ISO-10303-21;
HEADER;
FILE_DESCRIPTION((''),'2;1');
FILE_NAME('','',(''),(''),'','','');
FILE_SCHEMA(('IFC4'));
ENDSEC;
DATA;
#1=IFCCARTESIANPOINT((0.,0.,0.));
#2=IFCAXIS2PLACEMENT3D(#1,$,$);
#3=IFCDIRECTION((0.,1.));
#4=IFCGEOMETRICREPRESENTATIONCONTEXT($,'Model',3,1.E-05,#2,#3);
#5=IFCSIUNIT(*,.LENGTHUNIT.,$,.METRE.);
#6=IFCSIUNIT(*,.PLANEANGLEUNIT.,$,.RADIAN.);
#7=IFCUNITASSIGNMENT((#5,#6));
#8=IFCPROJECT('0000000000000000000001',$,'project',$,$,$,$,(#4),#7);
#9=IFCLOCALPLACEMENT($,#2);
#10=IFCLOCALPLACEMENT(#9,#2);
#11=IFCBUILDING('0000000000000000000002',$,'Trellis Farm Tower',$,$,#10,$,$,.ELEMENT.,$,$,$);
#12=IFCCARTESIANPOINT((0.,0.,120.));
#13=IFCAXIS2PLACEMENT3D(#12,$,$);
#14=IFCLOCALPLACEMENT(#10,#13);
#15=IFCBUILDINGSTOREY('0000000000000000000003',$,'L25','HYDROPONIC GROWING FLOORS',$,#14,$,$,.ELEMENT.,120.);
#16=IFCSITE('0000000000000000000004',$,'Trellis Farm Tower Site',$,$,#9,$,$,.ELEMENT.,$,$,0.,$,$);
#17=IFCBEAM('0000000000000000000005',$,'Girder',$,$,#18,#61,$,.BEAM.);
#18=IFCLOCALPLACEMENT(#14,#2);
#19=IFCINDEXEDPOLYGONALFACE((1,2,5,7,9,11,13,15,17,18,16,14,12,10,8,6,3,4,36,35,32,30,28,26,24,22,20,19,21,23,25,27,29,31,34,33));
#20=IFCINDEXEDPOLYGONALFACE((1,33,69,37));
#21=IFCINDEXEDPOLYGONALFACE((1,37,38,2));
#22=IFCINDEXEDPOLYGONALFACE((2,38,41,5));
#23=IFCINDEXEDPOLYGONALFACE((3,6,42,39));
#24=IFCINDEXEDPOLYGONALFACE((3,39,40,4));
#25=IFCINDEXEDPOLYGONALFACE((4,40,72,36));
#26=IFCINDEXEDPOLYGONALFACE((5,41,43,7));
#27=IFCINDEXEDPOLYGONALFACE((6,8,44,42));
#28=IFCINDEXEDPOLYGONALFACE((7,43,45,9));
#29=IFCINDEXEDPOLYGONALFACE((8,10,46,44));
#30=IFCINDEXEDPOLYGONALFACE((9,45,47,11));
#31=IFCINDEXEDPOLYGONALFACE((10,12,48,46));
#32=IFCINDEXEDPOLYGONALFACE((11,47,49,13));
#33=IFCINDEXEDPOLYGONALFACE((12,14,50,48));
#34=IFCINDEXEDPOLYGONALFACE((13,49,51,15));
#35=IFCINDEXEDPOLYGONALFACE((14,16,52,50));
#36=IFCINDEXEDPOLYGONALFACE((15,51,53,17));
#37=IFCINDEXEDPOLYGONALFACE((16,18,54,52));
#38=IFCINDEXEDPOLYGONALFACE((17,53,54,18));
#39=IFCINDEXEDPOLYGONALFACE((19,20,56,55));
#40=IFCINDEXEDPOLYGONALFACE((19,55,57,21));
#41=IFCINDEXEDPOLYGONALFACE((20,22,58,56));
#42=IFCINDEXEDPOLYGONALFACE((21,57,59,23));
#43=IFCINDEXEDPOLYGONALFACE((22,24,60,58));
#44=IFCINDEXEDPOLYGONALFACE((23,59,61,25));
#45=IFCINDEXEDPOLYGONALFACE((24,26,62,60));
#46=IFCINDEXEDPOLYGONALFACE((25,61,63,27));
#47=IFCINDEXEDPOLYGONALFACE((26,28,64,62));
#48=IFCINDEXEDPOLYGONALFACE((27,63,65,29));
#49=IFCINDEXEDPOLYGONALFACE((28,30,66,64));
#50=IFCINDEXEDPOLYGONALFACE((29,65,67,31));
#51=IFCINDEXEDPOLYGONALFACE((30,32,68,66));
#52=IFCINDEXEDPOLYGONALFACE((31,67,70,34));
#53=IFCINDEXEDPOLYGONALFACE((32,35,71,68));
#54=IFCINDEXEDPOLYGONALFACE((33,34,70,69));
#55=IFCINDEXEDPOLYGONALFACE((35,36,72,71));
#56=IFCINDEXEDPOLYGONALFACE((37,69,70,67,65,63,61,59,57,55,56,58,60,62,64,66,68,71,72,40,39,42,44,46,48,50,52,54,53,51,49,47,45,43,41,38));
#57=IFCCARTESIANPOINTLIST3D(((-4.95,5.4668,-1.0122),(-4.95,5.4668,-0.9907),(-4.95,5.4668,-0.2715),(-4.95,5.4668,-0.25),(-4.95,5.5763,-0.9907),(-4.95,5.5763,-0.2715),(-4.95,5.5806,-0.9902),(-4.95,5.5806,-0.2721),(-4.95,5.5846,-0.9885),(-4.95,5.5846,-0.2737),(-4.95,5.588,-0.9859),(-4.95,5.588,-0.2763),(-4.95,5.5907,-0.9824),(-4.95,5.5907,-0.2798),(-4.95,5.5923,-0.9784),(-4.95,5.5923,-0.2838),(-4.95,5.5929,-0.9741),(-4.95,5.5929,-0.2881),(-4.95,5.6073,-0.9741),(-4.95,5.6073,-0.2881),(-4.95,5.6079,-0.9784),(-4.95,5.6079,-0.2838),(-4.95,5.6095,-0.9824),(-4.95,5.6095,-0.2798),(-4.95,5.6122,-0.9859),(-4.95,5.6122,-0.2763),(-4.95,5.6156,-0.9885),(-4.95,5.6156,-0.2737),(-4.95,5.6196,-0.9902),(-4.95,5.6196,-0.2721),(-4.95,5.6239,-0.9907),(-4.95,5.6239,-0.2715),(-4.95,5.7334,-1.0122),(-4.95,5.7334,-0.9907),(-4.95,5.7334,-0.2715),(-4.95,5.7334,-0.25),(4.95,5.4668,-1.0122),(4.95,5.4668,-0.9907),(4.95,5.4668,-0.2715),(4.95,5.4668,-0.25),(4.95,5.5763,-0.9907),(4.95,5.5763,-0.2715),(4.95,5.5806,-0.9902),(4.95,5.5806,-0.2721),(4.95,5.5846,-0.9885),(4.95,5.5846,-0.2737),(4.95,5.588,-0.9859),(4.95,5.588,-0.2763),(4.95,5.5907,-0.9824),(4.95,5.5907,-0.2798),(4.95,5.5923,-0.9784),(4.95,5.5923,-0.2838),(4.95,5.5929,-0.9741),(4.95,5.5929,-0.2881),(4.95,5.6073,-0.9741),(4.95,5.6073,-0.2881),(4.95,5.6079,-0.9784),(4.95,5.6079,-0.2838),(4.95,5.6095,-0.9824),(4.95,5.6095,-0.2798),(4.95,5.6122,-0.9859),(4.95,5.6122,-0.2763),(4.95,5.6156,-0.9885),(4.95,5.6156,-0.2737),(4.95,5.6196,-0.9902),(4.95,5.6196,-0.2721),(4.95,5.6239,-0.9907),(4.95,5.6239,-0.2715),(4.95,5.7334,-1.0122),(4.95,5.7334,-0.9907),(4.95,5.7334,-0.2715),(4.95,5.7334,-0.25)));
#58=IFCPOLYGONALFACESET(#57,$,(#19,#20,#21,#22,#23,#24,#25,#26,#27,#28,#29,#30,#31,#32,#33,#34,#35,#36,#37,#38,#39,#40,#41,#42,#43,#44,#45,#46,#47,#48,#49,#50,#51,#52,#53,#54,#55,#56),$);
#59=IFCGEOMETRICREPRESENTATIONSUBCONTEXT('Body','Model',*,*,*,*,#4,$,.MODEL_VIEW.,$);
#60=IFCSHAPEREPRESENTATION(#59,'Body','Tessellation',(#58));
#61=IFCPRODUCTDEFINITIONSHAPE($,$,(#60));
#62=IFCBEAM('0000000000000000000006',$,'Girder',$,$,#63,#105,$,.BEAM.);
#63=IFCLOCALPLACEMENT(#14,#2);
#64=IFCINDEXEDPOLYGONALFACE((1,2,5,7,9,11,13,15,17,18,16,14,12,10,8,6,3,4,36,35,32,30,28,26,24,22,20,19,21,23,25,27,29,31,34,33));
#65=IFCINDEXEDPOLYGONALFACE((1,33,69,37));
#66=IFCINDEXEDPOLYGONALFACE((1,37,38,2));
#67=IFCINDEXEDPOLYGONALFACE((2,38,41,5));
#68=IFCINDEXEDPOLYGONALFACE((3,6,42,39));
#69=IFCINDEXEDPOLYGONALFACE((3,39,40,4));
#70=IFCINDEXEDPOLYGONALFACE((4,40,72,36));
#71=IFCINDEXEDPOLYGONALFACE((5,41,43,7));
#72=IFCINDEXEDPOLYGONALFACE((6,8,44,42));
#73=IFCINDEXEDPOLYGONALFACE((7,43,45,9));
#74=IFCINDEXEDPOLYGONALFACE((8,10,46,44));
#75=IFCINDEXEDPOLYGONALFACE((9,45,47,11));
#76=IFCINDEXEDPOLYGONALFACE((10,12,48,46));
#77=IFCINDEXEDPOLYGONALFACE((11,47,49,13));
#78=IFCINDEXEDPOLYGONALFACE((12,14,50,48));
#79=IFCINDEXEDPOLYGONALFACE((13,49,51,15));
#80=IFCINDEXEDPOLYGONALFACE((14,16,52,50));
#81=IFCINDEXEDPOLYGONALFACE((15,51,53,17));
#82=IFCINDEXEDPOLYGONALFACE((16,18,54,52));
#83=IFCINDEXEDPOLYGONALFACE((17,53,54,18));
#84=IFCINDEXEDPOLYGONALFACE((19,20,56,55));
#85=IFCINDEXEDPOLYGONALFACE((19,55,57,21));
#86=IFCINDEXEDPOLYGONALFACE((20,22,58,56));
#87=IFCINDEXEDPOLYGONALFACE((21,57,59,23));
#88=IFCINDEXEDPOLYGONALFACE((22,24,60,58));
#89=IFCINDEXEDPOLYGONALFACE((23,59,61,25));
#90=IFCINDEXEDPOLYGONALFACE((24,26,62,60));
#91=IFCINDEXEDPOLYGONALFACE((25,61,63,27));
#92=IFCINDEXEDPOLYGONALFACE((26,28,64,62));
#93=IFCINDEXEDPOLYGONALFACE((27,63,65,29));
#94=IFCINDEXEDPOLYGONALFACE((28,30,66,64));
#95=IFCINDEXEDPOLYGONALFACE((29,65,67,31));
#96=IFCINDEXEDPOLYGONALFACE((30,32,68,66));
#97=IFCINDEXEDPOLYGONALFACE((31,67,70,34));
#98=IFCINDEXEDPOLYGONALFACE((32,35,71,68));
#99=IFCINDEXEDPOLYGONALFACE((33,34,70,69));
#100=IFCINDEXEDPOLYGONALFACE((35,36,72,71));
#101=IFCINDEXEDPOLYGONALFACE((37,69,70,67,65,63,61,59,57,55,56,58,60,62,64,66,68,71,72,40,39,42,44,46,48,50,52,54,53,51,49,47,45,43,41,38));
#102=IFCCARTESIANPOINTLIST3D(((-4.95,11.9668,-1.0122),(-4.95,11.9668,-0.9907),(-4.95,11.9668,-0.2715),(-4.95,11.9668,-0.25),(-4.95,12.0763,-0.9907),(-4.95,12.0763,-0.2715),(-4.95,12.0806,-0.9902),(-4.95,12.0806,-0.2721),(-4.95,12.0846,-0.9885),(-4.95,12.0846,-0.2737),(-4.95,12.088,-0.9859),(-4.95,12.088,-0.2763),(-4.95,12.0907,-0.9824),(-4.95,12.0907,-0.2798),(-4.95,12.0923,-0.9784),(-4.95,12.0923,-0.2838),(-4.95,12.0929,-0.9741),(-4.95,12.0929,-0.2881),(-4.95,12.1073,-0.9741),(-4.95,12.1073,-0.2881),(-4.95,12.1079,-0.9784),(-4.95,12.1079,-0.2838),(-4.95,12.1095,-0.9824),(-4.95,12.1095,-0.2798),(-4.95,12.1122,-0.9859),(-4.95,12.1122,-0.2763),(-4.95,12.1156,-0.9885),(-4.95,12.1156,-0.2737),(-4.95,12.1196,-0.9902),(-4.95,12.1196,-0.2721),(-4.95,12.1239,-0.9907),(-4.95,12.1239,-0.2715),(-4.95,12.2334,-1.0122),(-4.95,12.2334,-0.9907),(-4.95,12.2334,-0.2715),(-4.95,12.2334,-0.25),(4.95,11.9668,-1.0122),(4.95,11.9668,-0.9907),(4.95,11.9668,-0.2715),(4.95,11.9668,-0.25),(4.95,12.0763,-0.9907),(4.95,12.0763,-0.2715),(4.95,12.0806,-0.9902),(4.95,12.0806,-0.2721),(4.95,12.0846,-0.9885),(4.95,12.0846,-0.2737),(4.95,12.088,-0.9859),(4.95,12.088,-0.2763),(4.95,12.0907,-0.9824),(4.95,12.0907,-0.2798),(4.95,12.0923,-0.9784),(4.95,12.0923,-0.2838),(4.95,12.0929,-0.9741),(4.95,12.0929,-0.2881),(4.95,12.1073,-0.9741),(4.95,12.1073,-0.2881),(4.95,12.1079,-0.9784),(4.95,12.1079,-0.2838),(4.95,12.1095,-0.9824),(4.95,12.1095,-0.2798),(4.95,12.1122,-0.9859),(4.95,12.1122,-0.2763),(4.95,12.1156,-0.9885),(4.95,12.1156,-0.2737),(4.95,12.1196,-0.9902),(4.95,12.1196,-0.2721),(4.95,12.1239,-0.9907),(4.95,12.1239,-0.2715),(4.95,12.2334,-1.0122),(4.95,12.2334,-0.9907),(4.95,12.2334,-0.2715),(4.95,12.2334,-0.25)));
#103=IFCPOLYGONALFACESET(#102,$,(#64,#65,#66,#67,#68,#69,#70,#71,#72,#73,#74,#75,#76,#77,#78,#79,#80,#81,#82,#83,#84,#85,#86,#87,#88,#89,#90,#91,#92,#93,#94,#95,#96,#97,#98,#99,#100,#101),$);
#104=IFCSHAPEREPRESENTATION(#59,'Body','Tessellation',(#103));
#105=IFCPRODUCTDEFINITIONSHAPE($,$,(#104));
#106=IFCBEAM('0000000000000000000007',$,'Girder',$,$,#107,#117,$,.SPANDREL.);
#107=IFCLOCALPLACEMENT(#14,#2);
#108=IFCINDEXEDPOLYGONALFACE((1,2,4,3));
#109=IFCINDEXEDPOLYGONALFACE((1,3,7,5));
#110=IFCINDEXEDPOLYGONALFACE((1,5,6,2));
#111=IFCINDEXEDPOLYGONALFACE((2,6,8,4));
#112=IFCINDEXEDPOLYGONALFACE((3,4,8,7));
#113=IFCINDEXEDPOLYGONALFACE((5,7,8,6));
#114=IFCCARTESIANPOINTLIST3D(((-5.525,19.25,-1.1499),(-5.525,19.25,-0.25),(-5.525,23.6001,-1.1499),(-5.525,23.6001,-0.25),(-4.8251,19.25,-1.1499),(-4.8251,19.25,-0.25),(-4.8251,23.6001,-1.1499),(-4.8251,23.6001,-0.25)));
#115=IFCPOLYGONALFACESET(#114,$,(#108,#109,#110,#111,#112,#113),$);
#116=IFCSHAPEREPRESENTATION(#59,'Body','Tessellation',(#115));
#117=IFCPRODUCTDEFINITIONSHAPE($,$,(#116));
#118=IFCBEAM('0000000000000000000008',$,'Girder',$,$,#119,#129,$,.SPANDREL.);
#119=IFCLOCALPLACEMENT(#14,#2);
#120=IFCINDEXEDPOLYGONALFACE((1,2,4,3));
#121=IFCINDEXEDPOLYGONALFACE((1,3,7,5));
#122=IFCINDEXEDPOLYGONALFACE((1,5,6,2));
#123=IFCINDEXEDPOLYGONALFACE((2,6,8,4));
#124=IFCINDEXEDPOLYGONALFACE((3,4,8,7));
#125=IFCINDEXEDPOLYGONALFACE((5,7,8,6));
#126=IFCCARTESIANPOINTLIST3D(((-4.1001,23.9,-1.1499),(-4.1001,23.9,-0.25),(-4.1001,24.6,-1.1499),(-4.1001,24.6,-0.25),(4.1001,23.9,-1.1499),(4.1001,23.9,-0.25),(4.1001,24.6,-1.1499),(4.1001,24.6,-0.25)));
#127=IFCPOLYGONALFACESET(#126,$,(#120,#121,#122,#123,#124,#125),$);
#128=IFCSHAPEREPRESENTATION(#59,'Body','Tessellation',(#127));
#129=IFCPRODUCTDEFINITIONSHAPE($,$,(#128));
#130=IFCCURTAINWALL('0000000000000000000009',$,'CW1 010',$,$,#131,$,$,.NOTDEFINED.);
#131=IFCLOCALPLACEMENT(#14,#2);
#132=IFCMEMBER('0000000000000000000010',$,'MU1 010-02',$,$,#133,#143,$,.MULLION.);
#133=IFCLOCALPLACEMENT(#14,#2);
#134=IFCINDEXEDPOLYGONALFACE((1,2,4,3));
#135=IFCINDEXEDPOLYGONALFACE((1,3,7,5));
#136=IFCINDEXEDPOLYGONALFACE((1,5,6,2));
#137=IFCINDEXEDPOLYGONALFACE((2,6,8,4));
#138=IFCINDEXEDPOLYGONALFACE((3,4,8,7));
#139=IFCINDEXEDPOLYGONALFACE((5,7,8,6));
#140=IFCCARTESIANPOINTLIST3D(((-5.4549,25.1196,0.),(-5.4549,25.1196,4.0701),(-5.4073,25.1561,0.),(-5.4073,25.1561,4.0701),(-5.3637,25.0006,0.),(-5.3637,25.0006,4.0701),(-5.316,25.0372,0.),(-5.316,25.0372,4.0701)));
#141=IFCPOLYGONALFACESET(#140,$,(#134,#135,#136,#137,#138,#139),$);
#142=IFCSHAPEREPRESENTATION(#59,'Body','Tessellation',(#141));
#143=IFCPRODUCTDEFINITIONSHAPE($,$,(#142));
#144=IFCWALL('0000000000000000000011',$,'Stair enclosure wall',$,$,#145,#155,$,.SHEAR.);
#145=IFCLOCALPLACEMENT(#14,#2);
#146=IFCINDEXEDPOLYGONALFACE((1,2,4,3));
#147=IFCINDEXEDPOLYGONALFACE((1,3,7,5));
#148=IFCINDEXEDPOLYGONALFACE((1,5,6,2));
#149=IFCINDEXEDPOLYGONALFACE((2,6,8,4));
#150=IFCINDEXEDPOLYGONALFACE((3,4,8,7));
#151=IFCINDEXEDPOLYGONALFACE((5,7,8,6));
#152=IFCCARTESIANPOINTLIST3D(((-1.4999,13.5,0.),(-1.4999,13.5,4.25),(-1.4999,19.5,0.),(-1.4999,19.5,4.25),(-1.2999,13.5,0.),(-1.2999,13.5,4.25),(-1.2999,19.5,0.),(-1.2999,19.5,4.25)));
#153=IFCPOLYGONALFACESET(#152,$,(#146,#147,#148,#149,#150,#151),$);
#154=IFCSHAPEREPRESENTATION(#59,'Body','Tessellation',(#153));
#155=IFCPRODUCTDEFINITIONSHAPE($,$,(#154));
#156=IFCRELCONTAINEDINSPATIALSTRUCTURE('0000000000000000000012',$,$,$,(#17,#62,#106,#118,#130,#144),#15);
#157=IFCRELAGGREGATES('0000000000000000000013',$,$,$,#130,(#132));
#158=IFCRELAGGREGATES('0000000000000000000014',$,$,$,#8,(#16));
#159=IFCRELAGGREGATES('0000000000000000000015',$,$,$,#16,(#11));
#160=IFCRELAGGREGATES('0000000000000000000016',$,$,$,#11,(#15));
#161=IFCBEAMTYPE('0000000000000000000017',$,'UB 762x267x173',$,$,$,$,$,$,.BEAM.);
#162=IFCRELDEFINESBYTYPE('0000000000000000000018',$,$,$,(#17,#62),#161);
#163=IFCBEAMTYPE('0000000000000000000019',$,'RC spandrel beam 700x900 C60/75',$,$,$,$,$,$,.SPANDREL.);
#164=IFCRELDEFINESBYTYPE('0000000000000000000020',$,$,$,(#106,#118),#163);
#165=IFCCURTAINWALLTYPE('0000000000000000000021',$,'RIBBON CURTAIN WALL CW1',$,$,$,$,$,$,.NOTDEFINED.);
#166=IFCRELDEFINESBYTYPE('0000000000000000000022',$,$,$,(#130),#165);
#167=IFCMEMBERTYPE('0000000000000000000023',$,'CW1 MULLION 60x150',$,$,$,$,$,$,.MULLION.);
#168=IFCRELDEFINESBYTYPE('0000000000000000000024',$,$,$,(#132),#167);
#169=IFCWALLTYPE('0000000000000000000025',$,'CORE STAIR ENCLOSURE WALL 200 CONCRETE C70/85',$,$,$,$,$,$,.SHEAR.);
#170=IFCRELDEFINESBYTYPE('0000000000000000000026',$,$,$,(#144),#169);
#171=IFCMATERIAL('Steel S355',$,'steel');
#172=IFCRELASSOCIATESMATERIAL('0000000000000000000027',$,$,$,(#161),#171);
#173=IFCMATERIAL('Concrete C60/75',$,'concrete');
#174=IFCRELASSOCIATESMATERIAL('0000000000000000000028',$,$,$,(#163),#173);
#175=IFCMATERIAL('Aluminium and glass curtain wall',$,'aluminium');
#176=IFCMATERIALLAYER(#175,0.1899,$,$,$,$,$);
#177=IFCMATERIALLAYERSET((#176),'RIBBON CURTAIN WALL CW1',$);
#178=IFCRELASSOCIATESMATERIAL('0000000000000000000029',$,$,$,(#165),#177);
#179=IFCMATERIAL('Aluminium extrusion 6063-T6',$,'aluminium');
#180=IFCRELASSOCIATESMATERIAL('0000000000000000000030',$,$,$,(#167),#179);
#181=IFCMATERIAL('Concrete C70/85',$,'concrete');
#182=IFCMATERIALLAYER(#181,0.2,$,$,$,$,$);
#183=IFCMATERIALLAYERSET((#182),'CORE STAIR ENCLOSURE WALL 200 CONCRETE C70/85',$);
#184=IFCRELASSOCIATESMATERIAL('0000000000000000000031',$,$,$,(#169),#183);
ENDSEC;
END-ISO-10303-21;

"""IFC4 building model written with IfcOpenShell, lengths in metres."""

from ifc_helpers import new_model, si_unit, direction, frame, frame_2d, origin, origin_2d, place, context, subcontext, project, spatial, rectangle, i_section, extrude, source, transform, mapped, material, layer, layer_set, material_profile, profile_set, type_object, element, aggregate, save


model = new_model("IFC4")

# Units and contexts
model_context = context("Model", 3, precision=1e-05, world=origin(), true_north=direction((0.0, 1.0)))
body_context = subcontext(model_context, "Body", "Model", "MODEL_VIEW")
ifc_project = project(units=[si_unit("LENGTHUNIT", "METRE"), si_unit("PLANEANGLEUNIT", "RADIAN")], contexts=[model_context])

# Site, building, storey
site_placement = place(None, origin())
site = spatial("IfcSite", under=ifc_project, at=site_placement, Name="Trellis Farm Tower Site", CompositionType="ELEMENT", RefElevation=0.0)
building_placement = place(site_placement, origin())
building = spatial("IfcBuilding", under=site, at=building_placement, Name="Trellis Farm Tower", CompositionType="ELEMENT")
storey_placement = place(building_placement, frame((0.0, 0.0, 120.0)))
storey = spatial("IfcBuildingStorey", under=building, at=storey_placement, Name="L25", Description="HYDROPONIC GROWING FLOORS", CompositionType="ELEMENT", Elevation=120.0)

# Beams
ifc_material_1 = material(Name="Steel S355", Category="steel")
ifc_material_profile_1 = material_profile(ifc_material_1, i_section(OverallWidth=0.2666, OverallDepth=0.7622, WebThickness=0.0144, FlangeThickness=0.0215, FilletRadius=0.0166, at=origin_2d()), Name="UB 762x267x173")
ifc_profile_set_1 = profile_set([ifc_material_profile_1], Name="Steel S355")
beam_type_1 = type_object("IfcBeamType", Name="UB 762x267x173", PredefinedType="BEAM", material=ifc_profile_set_1)
shared_shape_1 = source(origin(), body_context, "Body", "SweptSolid", [
    extrude(i_section(OverallWidth=0.2666, OverallDepth=0.7622, WebThickness=0.0144, FlangeThickness=0.0215, FilletRadius=0.0166, at=origin_2d()), origin(), (0.0, 0.0, 1.0), 9.8999),
])
for number, where, z_axis, x_axis, name in (
    (1, (-4.95, 5.6001, -0.6311), (1.0, 0.0, 0.0), (0.0, 1.0, 0.0), "Girder"),
    (2, (-4.95, 12.1001, -0.6311), (1.0, 0.0, 0.0), (0.0, 1.0, 0.0), "Girder"),
):
    element("IfcBeam", number, at=place(storey_placement, frame(where, z_axis=z_axis, x_axis=x_axis)), inside=storey, type_object=beam_type_1, Name=name, PredefinedType="BEAM", context=body_context, shape_type="MappedRepresentation", body=[
        mapped(shared_shape_1, transform((0.0, 0.0, 0.0))),
    ])
ifc_material_2 = material(Name="Concrete C60/75", Category="concrete")
ifc_material_profile_2 = material_profile(ifc_material_2, rectangle(XDim=0.7, YDim=0.8999, at=origin_2d()), Name="RC spandrel beam 700x900 C60/75")
ifc_profile_set_2 = profile_set([ifc_material_profile_2], Name="Concrete C60/75")
beam_type_2 = type_object("IfcBeamType", Name="RC spandrel beam 700x900 C60/75", PredefinedType="SPANDREL", material=ifc_profile_set_2)
shared_shape_2 = source(origin(), body_context, "Body", "SweptSolid", [
    extrude(rectangle(XDim=0.7, YDim=0.8999, at=origin_2d()), origin(), (0.0, 0.0, 1.0), 4.3501),
])
beam_1_placement = place(storey_placement, frame((-5.175, 19.25, -0.7), z_axis=(0.0, 1.0, 0.0), x_axis=(-1.0, 0.0, 0.0)))
element("IfcBeam", 3, at=beam_1_placement, inside=storey, type_object=beam_type_2, Name="Girder", PredefinedType="SPANDREL", context=body_context, shape_type="MappedRepresentation", body=[
    mapped(shared_shape_2, transform((0.0, 0.0, 0.0))),
])
shared_shape_3 = source(origin(), body_context, "Body", "SweptSolid", [
    extrude(rectangle(XDim=0.7, YDim=0.8999, at=origin_2d()), origin(), (0.0, 0.0, 1.0), 8.2002),
])
beam_2_placement = place(storey_placement, frame((-4.1001, 24.25, -0.7), z_axis=(1.0, 0.0, 0.0), x_axis=(0.0, 1.0, 0.0)))
element("IfcBeam", 4, at=beam_2_placement, inside=storey, type_object=beam_type_2, Name="Girder", PredefinedType="SPANDREL", context=body_context, shape_type="MappedRepresentation", body=[
    mapped(shared_shape_3, transform((0.0, 0.0, 0.0))),
])

# Curtain wall, member
ifc_material_3 = material(Name="Aluminium and glass curtain wall", Category="aluminium")
ifc_layer_1 = layer(ifc_material_3, 0.1899)
ifc_layer_set_1 = layer_set([ifc_layer_1], Name="RIBBON CURTAIN WALL CW1")
curtain_wall_type = type_object("IfcCurtainWallType", Name="RIBBON CURTAIN WALL CW1", PredefinedType="NOTDEFINED", material=ifc_layer_set_1)
placement = place(storey_placement, origin())
curtain_wall = element("IfcCurtainWall", 5, at=placement, inside=storey, type_object=curtain_wall_type, Name="CW1 010", PredefinedType="NOTDEFINED")
ifc_material_4 = material(Name="Aluminium extrusion 6063-T6", Category="aluminium")
ifc_material_profile_3 = material_profile(ifc_material_4, rectangle(XDim=0.0601, YDim=0.1499, at=origin_2d()), Name="MULLION 60x150")
ifc_profile_set_3 = profile_set([ifc_material_profile_3], Name="Aluminium extrusion 6063-T6")
member_type = type_object("IfcMemberType", Name="CW1 MULLION 60x150", PredefinedType="MULLION", material=ifc_profile_set_3)
shared_shape_4 = source(origin(), body_context, "Body", "SweptSolid", [
    extrude(rectangle(XDim=0.0601, YDim=0.1499, at=origin_2d()), origin(), (0.0, 0.0, 1.0), 4.0701),
])
member_placement = place(storey_placement, frame((-5.3855, 25.0784, 0.0), z_axis=(0.0, 0.0, 1.0), x_axis=(-0.793353, -0.608761, 0.0)))
member = element("IfcMember", 6, at=member_placement, type_object=member_type, Name="MU1 010-02", PredefinedType="MULLION", context=body_context, shape_type="MappedRepresentation", body=[
    mapped(shared_shape_4, transform((0.0, 0.0, 0.0))),
])
aggregate(curtain_wall, [member])

# Wall
ifc_material_5 = material(Name="Concrete C70/85", Category="concrete")
ifc_layer_2 = layer(ifc_material_5, 0.2)
ifc_layer_set_2 = layer_set([ifc_layer_2], Name="CORE STAIR ENCLOSURE WALL 200 CONCRETE C70/85")
wall_type_1 = type_object("IfcWallType", Name="CORE STAIR ENCLOSURE WALL 200 CONCRETE C70/85", PredefinedType="SHEAR", material=ifc_layer_set_2)
shared_shape_5 = source(origin(), body_context, "Body", "SweptSolid", [
    extrude(rectangle(XDim=6.0, YDim=0.2, at=frame_2d((3.0, 0.0))), origin(), (0.0, 0.0, 1.0), 4.25),
])
wall_1_placement = place(storey_placement, frame((-1.3999, 13.5, 0.0), z_axis=(0.0, 0.0, 1.0), x_axis=(0.0, 1.0, 0.0)))
element("IfcWall", 7, at=wall_1_placement, inside=storey, type_object=wall_type_1, Name="Stair enclosure wall", PredefinedType="SHEAR", context=body_context, shape_type="MappedRepresentation", body=[
    mapped(shared_shape_5, transform((0.0, 0.0, 0.0))),
])

save(model, "model.ifc")
